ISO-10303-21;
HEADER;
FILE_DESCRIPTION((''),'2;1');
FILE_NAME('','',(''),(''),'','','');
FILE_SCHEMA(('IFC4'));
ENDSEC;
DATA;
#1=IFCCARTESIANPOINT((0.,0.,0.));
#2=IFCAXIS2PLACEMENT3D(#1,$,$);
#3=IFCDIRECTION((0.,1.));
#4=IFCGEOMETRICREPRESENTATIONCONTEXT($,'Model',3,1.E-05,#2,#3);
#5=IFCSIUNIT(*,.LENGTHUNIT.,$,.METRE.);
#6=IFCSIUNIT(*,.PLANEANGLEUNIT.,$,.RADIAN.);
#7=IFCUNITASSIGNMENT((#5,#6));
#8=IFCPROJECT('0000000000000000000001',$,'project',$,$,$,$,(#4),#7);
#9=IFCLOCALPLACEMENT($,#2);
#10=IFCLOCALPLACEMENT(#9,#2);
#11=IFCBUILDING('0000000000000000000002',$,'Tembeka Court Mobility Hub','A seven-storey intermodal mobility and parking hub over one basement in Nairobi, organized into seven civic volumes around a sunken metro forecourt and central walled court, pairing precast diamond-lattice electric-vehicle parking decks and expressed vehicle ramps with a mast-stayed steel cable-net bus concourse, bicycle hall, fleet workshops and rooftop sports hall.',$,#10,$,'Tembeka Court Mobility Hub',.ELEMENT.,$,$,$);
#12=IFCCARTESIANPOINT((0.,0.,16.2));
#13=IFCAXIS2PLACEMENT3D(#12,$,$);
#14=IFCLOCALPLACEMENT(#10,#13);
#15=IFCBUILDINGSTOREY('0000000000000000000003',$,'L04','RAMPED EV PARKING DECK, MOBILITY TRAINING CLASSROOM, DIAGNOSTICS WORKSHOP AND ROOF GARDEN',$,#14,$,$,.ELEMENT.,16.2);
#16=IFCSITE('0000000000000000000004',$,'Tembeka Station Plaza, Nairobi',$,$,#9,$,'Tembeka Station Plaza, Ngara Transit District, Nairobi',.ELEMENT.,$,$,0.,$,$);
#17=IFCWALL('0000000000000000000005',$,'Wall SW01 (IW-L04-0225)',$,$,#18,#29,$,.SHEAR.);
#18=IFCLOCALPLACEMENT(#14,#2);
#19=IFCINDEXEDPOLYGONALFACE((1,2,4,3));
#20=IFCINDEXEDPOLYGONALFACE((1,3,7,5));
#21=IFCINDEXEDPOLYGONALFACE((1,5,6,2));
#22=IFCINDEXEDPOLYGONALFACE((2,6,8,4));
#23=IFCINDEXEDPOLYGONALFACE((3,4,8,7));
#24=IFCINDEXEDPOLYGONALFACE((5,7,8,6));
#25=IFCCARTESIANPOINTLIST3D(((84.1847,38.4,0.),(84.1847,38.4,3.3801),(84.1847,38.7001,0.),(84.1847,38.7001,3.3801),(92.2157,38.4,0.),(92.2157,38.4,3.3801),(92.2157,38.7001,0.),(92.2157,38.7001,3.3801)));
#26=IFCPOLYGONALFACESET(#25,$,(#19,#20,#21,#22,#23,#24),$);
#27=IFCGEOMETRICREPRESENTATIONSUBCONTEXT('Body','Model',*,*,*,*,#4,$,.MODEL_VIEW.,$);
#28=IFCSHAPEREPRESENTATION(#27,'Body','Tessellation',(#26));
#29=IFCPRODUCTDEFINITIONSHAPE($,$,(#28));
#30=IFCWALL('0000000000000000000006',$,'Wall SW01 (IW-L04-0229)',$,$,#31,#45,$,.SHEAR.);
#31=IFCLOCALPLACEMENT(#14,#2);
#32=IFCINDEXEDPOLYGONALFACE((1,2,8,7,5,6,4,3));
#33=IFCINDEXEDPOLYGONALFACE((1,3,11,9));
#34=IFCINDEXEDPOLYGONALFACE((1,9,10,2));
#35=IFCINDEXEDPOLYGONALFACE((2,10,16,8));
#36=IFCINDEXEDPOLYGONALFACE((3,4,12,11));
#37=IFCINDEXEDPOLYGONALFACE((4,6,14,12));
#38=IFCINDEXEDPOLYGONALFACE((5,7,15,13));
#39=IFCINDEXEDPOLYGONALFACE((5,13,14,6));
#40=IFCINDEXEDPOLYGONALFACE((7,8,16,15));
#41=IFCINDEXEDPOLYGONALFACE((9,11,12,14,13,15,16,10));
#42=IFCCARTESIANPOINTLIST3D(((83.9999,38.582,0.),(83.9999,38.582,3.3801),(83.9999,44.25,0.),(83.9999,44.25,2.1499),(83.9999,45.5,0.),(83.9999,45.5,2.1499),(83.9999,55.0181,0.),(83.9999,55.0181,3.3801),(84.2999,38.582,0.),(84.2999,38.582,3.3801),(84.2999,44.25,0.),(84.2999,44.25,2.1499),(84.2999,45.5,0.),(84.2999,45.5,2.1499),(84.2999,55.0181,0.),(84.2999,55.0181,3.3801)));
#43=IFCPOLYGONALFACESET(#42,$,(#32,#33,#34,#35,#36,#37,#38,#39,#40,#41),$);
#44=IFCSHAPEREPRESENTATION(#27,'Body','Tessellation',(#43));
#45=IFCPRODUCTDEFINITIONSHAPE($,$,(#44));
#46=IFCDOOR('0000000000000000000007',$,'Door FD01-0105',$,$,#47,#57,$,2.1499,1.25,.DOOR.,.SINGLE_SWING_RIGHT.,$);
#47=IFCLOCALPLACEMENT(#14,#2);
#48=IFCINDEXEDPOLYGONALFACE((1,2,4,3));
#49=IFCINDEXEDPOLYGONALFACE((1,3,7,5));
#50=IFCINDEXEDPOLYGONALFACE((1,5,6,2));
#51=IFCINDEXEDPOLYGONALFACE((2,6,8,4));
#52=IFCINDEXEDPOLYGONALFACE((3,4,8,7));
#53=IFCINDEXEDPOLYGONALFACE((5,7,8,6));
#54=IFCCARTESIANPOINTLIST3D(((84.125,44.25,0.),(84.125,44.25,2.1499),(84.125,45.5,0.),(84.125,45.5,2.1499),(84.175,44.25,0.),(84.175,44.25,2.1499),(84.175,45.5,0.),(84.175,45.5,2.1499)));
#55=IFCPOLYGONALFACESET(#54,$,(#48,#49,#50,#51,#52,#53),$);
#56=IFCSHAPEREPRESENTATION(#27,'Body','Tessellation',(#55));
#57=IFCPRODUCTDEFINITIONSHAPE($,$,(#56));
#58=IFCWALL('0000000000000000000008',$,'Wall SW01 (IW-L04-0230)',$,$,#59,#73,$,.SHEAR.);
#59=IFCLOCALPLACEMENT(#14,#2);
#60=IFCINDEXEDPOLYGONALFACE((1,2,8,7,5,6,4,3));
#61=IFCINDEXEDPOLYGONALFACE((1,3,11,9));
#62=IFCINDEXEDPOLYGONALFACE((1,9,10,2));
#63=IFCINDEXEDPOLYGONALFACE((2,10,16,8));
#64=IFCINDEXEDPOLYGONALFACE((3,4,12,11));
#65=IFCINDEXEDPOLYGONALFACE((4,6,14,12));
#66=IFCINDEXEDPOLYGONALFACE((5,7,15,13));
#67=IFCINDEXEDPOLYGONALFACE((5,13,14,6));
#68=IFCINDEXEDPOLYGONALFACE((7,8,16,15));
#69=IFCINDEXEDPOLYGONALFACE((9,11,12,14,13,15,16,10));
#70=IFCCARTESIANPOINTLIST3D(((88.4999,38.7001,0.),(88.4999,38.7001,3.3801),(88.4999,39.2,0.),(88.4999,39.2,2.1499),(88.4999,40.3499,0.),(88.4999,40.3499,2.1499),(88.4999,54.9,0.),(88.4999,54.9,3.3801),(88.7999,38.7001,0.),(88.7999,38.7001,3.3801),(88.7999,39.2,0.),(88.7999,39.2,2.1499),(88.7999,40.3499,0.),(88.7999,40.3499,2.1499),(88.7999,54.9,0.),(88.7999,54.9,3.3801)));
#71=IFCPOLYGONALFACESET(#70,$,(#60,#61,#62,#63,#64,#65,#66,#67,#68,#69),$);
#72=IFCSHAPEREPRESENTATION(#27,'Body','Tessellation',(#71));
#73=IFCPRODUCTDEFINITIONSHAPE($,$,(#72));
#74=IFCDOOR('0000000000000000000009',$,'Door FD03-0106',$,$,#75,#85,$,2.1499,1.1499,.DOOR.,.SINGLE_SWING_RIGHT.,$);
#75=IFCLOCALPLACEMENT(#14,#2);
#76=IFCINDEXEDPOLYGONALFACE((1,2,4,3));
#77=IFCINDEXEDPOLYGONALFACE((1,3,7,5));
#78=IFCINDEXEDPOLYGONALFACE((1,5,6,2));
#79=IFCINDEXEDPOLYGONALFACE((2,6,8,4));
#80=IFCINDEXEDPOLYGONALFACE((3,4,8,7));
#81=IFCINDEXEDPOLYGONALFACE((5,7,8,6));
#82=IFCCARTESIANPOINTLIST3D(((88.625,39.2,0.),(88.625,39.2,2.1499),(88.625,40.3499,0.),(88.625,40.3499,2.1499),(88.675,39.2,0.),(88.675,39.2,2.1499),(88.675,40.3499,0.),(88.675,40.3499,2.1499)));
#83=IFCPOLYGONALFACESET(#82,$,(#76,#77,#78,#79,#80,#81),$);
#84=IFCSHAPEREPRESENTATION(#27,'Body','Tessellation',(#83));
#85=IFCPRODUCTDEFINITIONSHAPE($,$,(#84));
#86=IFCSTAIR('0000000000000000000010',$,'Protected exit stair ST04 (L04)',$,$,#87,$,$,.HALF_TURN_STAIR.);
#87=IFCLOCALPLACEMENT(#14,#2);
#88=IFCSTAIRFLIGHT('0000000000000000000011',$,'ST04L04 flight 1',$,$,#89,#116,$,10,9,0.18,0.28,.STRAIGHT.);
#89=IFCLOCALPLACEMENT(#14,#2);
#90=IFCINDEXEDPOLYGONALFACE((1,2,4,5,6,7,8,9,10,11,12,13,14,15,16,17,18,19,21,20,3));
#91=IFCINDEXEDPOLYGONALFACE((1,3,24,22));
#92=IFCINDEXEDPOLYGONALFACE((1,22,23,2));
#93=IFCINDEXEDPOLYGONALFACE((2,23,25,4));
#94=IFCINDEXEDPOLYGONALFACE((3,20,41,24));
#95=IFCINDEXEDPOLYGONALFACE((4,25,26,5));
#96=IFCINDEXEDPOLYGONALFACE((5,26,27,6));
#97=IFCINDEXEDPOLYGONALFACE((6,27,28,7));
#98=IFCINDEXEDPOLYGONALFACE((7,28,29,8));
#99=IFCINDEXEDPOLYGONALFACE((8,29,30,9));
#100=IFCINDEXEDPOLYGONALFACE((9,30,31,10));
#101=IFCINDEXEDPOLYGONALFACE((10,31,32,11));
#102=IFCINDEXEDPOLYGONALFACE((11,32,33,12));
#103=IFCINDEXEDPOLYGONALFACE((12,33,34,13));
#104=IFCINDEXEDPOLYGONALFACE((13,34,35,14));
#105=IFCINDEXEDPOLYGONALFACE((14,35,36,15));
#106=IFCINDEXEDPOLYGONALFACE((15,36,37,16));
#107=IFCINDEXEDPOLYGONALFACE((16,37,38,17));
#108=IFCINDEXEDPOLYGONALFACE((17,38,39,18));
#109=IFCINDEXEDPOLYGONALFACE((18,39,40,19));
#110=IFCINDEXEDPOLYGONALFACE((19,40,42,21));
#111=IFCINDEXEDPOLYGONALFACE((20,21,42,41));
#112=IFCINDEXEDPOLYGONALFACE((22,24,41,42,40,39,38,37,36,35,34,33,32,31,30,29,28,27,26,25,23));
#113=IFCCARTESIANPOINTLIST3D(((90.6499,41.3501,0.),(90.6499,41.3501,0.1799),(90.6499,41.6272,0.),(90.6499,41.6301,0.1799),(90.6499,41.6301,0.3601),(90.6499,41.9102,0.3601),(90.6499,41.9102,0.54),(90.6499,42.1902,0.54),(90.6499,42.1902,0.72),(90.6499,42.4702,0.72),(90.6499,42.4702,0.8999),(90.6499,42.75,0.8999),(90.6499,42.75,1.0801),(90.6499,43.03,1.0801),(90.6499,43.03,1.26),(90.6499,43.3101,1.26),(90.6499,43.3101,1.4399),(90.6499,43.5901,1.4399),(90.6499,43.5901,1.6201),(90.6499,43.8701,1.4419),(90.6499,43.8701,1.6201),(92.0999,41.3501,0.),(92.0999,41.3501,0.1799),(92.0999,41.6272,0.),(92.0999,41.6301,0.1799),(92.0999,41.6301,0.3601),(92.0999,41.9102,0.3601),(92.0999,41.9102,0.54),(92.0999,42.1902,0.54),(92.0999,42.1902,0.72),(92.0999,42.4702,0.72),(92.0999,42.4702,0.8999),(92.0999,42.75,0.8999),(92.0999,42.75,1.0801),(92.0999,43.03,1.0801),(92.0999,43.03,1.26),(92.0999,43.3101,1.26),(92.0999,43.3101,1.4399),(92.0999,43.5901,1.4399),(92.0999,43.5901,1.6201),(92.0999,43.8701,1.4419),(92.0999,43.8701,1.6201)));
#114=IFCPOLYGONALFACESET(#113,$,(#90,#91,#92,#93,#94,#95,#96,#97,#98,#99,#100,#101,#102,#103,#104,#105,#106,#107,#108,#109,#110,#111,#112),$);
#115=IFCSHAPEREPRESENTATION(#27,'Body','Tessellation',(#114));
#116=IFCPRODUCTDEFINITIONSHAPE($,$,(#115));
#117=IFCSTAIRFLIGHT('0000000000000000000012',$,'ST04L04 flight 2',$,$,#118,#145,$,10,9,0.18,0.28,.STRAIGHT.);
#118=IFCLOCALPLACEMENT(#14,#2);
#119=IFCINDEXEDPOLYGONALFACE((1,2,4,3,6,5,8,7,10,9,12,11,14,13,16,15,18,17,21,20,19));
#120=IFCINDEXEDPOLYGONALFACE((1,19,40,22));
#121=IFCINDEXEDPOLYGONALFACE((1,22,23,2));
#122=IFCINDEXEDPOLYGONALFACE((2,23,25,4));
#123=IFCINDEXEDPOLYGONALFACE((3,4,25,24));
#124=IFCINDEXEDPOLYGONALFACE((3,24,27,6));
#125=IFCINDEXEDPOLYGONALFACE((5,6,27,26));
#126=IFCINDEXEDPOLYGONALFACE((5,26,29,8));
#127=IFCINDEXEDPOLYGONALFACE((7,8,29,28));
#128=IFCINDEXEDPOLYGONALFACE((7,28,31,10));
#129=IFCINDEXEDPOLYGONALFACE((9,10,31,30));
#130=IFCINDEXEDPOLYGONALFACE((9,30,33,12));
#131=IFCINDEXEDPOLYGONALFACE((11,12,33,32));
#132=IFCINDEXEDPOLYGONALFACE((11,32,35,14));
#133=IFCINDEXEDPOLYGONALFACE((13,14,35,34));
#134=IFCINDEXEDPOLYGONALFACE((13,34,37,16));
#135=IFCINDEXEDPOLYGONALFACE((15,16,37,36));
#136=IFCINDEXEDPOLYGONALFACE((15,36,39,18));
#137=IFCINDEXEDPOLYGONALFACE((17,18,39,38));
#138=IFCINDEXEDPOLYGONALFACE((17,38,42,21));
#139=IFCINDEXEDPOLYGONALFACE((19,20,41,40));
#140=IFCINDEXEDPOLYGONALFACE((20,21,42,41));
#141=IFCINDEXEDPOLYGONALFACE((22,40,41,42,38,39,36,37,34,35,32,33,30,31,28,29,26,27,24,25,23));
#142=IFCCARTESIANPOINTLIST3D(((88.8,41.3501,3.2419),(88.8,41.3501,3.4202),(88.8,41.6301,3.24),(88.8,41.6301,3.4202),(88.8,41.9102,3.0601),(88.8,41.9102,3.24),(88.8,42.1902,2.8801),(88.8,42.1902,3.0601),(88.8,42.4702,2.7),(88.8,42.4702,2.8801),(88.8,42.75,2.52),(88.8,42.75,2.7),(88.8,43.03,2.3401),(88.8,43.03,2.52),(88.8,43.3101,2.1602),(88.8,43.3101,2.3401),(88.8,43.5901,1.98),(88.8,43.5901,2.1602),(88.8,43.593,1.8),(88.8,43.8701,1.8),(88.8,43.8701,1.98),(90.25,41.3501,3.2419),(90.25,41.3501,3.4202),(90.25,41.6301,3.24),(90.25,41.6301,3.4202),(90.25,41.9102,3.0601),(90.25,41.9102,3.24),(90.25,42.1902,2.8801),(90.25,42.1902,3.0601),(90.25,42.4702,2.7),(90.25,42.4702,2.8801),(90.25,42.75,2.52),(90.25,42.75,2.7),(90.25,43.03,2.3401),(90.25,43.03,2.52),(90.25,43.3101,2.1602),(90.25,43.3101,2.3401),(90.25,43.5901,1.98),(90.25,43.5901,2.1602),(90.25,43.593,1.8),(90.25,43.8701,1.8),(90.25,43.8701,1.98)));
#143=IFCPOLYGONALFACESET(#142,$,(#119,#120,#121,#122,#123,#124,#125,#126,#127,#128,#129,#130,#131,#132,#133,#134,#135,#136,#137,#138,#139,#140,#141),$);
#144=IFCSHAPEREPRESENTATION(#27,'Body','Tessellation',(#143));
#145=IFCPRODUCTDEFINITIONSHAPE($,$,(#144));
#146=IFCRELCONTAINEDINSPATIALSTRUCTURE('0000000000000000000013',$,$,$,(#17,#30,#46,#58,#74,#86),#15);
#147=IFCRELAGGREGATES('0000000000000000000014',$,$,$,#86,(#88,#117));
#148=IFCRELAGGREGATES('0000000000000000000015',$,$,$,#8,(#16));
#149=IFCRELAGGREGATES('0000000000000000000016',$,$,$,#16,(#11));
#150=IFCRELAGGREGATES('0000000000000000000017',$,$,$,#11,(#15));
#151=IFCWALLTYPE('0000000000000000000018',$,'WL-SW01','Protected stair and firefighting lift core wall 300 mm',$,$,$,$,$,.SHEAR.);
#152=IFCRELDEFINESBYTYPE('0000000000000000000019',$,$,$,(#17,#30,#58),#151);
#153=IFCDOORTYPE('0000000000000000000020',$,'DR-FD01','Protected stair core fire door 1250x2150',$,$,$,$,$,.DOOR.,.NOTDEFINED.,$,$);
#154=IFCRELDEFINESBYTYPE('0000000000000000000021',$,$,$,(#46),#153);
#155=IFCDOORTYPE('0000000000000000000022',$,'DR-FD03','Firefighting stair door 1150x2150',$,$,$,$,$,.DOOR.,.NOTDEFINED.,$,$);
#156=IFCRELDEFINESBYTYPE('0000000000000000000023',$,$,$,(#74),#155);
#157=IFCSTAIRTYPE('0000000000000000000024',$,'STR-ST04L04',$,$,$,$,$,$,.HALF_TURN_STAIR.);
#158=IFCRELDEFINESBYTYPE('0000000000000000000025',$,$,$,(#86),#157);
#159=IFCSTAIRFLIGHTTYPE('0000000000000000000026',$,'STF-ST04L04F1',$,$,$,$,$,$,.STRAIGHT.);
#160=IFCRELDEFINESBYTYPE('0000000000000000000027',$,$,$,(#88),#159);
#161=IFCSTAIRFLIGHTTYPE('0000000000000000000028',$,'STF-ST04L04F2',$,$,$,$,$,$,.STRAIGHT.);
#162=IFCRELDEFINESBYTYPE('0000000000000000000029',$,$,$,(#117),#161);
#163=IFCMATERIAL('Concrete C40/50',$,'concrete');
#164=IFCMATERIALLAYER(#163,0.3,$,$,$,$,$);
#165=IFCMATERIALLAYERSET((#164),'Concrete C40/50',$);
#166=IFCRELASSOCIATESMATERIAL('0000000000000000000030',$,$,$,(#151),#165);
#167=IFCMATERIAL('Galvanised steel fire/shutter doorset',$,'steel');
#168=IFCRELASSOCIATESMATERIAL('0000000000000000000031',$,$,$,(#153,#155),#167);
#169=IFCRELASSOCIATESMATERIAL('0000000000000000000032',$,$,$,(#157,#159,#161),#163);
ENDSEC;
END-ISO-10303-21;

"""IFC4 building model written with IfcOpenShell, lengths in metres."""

from ifc_helpers import new_model, si_unit, direction, frame, frame_2d, origin, place, context, subcontext, project, spatial, polyline, rectangle, outline, extrude, material, layer, layer_set, type_object, element, fill, aggregate, save


model = new_model("IFC4")

# Units and contexts
model_context = context("Model", 3, precision=1e-05, world=origin(), true_north=direction((0.0, 1.0)))
body_context = subcontext(model_context, "Body", "Model", "MODEL_VIEW")
ifc_project = project(units=[si_unit("LENGTHUNIT", "METRE"), si_unit("PLANEANGLEUNIT", "RADIAN")], contexts=[model_context])

# Site, building, storey
site_placement = place(None, origin())
site = spatial("IfcSite", under=ifc_project, at=site_placement, Name="Tembeka Station Plaza, Nairobi", LongName="Tembeka Station Plaza, Ngara Transit District, Nairobi", CompositionType="ELEMENT", RefElevation=0.0)
building_placement = place(site_placement, origin())
building = spatial("IfcBuilding", under=site, at=building_placement, Name="Tembeka Court Mobility Hub", Description="A seven-storey intermodal mobility and parking hub over one basement in Nairobi, organized into seven civic volumes around a sunken metro forecourt and central walled court, pairing precast diamond-lattice electric-vehicle parking decks and expressed vehicle ramps with a mast-stayed steel cable-net bus concourse, bicycle hall, fleet workshops and rooftop sports hall.", LongName="Tembeka Court Mobility Hub", CompositionType="ELEMENT")
storey_placement = place(building_placement, frame((0.0, 0.0, 16.2)))
storey = spatial("IfcBuildingStorey", under=building, at=storey_placement, Name="L04", Description="RAMPED EV PARKING DECK, MOBILITY TRAINING CLASSROOM, DIAGNOSTICS WORKSHOP AND ROOF GARDEN", CompositionType="ELEMENT", Elevation=16.2)

# Shared definitions
ifc_material_1 = material(Name="Galvanised steel fire/shutter doorset", Category="steel")

# Wall
ifc_material_2 = material(Name="Concrete C40/50", Category="concrete")
ifc_layer_1 = layer(ifc_material_2, 0.3)
ifc_layer_set_1 = layer_set([ifc_layer_1], Name="Concrete C40/50")
wall_type_1 = type_object("IfcWallType", Name="WL-SW01", Description="Protected stair and firefighting lift core wall 300 mm", PredefinedType="SHEAR", material=ifc_layer_set_1)
wall_1_placement = place(storey_placement, frame((84.1846, 38.55, 0.0), z_axis=(0.0, 0.0, 1.0), x_axis=(1.0, 0.0, 0.0)))
element("IfcWall", 1, at=wall_1_placement, inside=storey, type_object=wall_type_1, Name="Wall SW01 (IW-L04-0225)", PredefinedType="SHEAR", context=body_context, shape_type="SweptSolid", body=[
    extrude(rectangle(XDim=8.031, YDim=0.3, at=frame_2d((4.0156, 0.0))), origin(), (0.0, 0.0, 1.0), 3.3801),
])

# Walls, openings, doors
wall_2_placement = place(storey_placement, frame((84.1499, 38.582, 0.0), z_axis=(0.0, 0.0, 1.0), x_axis=(0.0, 1.0, 0.0)))
wall_2 = element("IfcWall", 2, at=wall_2_placement, inside=storey, type_object=wall_type_1, Name="Wall SW01 (IW-L04-0229)", PredefinedType="SHEAR", context=body_context, shape_type="SweptSolid", body=[
    extrude(rectangle(XDim=16.436, YDim=0.3, at=frame_2d((8.218, 0.0))), origin(), (0.0, 0.0, 1.0), 3.3801),
])
opening_1_placement = place(wall_2_placement, frame((5.668, 0.0, 0.0)))
opening_1 = element("IfcOpeningElement", 3, at=opening_1_placement, cuts=wall_2, PredefinedType="OPENING", context=body_context, shape_type="SweptSolid", body=[
    extrude(rectangle(XDim=1.25, YDim=2.1499, at=frame_2d((0.625, 1.075))), frame((0.0, 0.1602, 0.0), z_axis=(0.0, -1.0, 0.0), x_axis=(1.0, 0.0, 0.0)), (0.0, 0.0, 1.0), 0.3201),
])
door_type_1 = type_object("IfcDoorType", Name="DR-FD01", Description="Protected stair core fire door 1250x2150", OperationType="NOTDEFINED", PredefinedType="DOOR", material=ifc_material_1)
door_1_placement = place(opening_1_placement, origin())
door_1 = element("IfcDoor", 4, at=door_1_placement, inside=storey, type_object=door_type_1, Name="Door FD01-0105", OperationType="SINGLE_SWING_RIGHT", OverallHeight=2.1499, OverallWidth=1.25, PredefinedType="DOOR", context=body_context, shape_type="SweptSolid", body=[
    extrude(rectangle(XDim=1.25, YDim=2.1499, at=frame_2d((0.625, 1.075))), frame((0.0, 0.0249, 0.0), z_axis=(0.0, -1.0, 0.0), x_axis=(1.0, 0.0, 0.0)), (0.0, 0.0, 1.0), 0.05),
])
fill(opening_1, door_1)
wall_3_placement = place(storey_placement, frame((88.6499, 38.7, 0.0), z_axis=(0.0, 0.0, 1.0), x_axis=(0.0, 1.0, 0.0)))
wall_3 = element("IfcWall", 5, at=wall_3_placement, inside=storey, type_object=wall_type_1, Name="Wall SW01 (IW-L04-0230)", PredefinedType="SHEAR", context=body_context, shape_type="SweptSolid", body=[
    extrude(rectangle(XDim=16.2, YDim=0.3, at=frame_2d((8.1001, 0.0))), origin(), (0.0, 0.0, 1.0), 3.3801),
])
opening_2_placement = place(wall_3_placement, frame((0.5, 0.0, 0.0)))
opening_2 = element("IfcOpeningElement", 6, at=opening_2_placement, cuts=wall_3, PredefinedType="OPENING", context=body_context, shape_type="SweptSolid", body=[
    extrude(rectangle(XDim=1.1499, YDim=2.1499, at=frame_2d((0.575, 1.075))), frame((0.0, 0.1602, 0.0), z_axis=(0.0, -1.0, 0.0), x_axis=(1.0, 0.0, 0.0)), (0.0, 0.0, 1.0), 0.3201),
])
door_type_2 = type_object("IfcDoorType", Name="DR-FD03", Description="Firefighting stair door 1150x2150", OperationType="NOTDEFINED", PredefinedType="DOOR", material=ifc_material_1)
door_2_placement = place(opening_2_placement, origin())
door_2 = element("IfcDoor", 7, at=door_2_placement, inside=storey, type_object=door_type_2, Name="Door FD03-0106", OperationType="SINGLE_SWING_RIGHT", OverallHeight=2.1499, OverallWidth=1.1499, PredefinedType="DOOR", context=body_context, shape_type="SweptSolid", body=[
    extrude(rectangle(XDim=1.1499, YDim=2.1499, at=frame_2d((0.575, 1.075))), frame((0.0, 0.0249, 0.0), z_axis=(0.0, -1.0, 0.0), x_axis=(1.0, 0.0, 0.0)), (0.0, 0.0, 1.0), 0.05),
])
fill(opening_2, door_2)

# Stair, stair flights
stair_type = type_object("IfcStairType", Name="STR-ST04L04", PredefinedType="HALF_TURN_STAIR", material=ifc_material_2)
stair_placement = place(storey_placement, origin())
stair = element("IfcStair", 8, at=stair_placement, inside=storey, type_object=stair_type, Name="Protected exit stair ST04 (L04)", PredefinedType="HALF_TURN_STAIR")
stair_flight_type_1 = type_object("IfcStairFlightType", Name="STF-ST04L04F1", PredefinedType="STRAIGHT", material=ifc_material_2)
stair_flight_1_placement = place(storey_placement, frame((91.375, 41.3501, 0.0), z_axis=(0.0, 0.0, 1.0), x_axis=(0.0, 1.0, 0.0)))
stair_flight_1 = element("IfcStairFlight", 9, at=stair_flight_1_placement, type_object=stair_flight_type_1, Name="ST04L04 flight 1", NumberOfRisers=10, NumberOfTreads=9, PredefinedType="STRAIGHT", RiserHeight=0.18, TreadLength=0.28, context=body_context, shape_type="SweptSolid", body=[
    extrude(outline(polyline([(0.0, 0.0), (0.0, 0.1799), (0.28, 0.1799), (0.28, 0.3601), (0.5601, 0.3601), (0.5601, 0.54), (0.8401, 0.54), (0.8401, 0.72), (1.1201, 0.72), (1.1201, 0.8999), (1.3999, 0.8999), (1.3999, 1.0801), (1.6799, 1.0801), (1.6799, 1.26), (1.96, 1.26), (1.96, 1.4399), (2.24, 1.4399), (2.24, 1.6201), (2.52, 1.6201), (2.52, 1.8), (2.52, 1.4419), (0.2771, 0.0), (0.0, 0.0)])), frame((0.0, 0.7251, 0.0), z_axis=(0.0, -1.0, 0.0), x_axis=(1.0, 0.0, 0.0)), (0.0, 0.0, 1.0), 1.45),
])
stair_flight_type_2 = type_object("IfcStairFlightType", Name="STF-ST04L04F2", PredefinedType="STRAIGHT", material=ifc_material_2)
stair_flight_2_placement = place(storey_placement, frame((89.5249, 43.8701, 1.8), z_axis=(0.0, 0.0, 1.0), x_axis=(0.0, -1.0, 0.0)))
stair_flight_2 = element("IfcStairFlight", 10, at=stair_flight_2_placement, type_object=stair_flight_type_2, Name="ST04L04 flight 2", NumberOfRisers=10, NumberOfTreads=9, PredefinedType="STRAIGHT", RiserHeight=0.18, TreadLength=0.28, context=body_context, shape_type="SweptSolid", body=[
    extrude(outline(polyline([(0.0, 0.0), (0.0, 0.1799), (0.28, 0.1799), (0.28, 0.3601), (0.5601, 0.3601), (0.5601, 0.54), (0.8401, 0.54), (0.8401, 0.72), (1.1201, 0.72), (1.1201, 0.8999), (1.3999, 0.8999), (1.3999, 1.0801), (1.6799, 1.0801), (1.6799, 1.26), (1.96, 1.26), (1.96, 1.4399), (2.24, 1.4399), (2.24, 1.6201), (2.52, 1.6201), (2.52, 1.8), (2.52, 1.4419), (0.2771, 0.0), (0.0, 0.0)])), frame((0.0, 0.7251, 0.0), z_axis=(0.0, -1.0, 0.0), x_axis=(1.0, 0.0, 0.0)), (0.0, 0.0, 1.0), 1.45),
])
aggregate(stair, [stair_flight_1, stair_flight_2])

save(model, "model.ifc")
